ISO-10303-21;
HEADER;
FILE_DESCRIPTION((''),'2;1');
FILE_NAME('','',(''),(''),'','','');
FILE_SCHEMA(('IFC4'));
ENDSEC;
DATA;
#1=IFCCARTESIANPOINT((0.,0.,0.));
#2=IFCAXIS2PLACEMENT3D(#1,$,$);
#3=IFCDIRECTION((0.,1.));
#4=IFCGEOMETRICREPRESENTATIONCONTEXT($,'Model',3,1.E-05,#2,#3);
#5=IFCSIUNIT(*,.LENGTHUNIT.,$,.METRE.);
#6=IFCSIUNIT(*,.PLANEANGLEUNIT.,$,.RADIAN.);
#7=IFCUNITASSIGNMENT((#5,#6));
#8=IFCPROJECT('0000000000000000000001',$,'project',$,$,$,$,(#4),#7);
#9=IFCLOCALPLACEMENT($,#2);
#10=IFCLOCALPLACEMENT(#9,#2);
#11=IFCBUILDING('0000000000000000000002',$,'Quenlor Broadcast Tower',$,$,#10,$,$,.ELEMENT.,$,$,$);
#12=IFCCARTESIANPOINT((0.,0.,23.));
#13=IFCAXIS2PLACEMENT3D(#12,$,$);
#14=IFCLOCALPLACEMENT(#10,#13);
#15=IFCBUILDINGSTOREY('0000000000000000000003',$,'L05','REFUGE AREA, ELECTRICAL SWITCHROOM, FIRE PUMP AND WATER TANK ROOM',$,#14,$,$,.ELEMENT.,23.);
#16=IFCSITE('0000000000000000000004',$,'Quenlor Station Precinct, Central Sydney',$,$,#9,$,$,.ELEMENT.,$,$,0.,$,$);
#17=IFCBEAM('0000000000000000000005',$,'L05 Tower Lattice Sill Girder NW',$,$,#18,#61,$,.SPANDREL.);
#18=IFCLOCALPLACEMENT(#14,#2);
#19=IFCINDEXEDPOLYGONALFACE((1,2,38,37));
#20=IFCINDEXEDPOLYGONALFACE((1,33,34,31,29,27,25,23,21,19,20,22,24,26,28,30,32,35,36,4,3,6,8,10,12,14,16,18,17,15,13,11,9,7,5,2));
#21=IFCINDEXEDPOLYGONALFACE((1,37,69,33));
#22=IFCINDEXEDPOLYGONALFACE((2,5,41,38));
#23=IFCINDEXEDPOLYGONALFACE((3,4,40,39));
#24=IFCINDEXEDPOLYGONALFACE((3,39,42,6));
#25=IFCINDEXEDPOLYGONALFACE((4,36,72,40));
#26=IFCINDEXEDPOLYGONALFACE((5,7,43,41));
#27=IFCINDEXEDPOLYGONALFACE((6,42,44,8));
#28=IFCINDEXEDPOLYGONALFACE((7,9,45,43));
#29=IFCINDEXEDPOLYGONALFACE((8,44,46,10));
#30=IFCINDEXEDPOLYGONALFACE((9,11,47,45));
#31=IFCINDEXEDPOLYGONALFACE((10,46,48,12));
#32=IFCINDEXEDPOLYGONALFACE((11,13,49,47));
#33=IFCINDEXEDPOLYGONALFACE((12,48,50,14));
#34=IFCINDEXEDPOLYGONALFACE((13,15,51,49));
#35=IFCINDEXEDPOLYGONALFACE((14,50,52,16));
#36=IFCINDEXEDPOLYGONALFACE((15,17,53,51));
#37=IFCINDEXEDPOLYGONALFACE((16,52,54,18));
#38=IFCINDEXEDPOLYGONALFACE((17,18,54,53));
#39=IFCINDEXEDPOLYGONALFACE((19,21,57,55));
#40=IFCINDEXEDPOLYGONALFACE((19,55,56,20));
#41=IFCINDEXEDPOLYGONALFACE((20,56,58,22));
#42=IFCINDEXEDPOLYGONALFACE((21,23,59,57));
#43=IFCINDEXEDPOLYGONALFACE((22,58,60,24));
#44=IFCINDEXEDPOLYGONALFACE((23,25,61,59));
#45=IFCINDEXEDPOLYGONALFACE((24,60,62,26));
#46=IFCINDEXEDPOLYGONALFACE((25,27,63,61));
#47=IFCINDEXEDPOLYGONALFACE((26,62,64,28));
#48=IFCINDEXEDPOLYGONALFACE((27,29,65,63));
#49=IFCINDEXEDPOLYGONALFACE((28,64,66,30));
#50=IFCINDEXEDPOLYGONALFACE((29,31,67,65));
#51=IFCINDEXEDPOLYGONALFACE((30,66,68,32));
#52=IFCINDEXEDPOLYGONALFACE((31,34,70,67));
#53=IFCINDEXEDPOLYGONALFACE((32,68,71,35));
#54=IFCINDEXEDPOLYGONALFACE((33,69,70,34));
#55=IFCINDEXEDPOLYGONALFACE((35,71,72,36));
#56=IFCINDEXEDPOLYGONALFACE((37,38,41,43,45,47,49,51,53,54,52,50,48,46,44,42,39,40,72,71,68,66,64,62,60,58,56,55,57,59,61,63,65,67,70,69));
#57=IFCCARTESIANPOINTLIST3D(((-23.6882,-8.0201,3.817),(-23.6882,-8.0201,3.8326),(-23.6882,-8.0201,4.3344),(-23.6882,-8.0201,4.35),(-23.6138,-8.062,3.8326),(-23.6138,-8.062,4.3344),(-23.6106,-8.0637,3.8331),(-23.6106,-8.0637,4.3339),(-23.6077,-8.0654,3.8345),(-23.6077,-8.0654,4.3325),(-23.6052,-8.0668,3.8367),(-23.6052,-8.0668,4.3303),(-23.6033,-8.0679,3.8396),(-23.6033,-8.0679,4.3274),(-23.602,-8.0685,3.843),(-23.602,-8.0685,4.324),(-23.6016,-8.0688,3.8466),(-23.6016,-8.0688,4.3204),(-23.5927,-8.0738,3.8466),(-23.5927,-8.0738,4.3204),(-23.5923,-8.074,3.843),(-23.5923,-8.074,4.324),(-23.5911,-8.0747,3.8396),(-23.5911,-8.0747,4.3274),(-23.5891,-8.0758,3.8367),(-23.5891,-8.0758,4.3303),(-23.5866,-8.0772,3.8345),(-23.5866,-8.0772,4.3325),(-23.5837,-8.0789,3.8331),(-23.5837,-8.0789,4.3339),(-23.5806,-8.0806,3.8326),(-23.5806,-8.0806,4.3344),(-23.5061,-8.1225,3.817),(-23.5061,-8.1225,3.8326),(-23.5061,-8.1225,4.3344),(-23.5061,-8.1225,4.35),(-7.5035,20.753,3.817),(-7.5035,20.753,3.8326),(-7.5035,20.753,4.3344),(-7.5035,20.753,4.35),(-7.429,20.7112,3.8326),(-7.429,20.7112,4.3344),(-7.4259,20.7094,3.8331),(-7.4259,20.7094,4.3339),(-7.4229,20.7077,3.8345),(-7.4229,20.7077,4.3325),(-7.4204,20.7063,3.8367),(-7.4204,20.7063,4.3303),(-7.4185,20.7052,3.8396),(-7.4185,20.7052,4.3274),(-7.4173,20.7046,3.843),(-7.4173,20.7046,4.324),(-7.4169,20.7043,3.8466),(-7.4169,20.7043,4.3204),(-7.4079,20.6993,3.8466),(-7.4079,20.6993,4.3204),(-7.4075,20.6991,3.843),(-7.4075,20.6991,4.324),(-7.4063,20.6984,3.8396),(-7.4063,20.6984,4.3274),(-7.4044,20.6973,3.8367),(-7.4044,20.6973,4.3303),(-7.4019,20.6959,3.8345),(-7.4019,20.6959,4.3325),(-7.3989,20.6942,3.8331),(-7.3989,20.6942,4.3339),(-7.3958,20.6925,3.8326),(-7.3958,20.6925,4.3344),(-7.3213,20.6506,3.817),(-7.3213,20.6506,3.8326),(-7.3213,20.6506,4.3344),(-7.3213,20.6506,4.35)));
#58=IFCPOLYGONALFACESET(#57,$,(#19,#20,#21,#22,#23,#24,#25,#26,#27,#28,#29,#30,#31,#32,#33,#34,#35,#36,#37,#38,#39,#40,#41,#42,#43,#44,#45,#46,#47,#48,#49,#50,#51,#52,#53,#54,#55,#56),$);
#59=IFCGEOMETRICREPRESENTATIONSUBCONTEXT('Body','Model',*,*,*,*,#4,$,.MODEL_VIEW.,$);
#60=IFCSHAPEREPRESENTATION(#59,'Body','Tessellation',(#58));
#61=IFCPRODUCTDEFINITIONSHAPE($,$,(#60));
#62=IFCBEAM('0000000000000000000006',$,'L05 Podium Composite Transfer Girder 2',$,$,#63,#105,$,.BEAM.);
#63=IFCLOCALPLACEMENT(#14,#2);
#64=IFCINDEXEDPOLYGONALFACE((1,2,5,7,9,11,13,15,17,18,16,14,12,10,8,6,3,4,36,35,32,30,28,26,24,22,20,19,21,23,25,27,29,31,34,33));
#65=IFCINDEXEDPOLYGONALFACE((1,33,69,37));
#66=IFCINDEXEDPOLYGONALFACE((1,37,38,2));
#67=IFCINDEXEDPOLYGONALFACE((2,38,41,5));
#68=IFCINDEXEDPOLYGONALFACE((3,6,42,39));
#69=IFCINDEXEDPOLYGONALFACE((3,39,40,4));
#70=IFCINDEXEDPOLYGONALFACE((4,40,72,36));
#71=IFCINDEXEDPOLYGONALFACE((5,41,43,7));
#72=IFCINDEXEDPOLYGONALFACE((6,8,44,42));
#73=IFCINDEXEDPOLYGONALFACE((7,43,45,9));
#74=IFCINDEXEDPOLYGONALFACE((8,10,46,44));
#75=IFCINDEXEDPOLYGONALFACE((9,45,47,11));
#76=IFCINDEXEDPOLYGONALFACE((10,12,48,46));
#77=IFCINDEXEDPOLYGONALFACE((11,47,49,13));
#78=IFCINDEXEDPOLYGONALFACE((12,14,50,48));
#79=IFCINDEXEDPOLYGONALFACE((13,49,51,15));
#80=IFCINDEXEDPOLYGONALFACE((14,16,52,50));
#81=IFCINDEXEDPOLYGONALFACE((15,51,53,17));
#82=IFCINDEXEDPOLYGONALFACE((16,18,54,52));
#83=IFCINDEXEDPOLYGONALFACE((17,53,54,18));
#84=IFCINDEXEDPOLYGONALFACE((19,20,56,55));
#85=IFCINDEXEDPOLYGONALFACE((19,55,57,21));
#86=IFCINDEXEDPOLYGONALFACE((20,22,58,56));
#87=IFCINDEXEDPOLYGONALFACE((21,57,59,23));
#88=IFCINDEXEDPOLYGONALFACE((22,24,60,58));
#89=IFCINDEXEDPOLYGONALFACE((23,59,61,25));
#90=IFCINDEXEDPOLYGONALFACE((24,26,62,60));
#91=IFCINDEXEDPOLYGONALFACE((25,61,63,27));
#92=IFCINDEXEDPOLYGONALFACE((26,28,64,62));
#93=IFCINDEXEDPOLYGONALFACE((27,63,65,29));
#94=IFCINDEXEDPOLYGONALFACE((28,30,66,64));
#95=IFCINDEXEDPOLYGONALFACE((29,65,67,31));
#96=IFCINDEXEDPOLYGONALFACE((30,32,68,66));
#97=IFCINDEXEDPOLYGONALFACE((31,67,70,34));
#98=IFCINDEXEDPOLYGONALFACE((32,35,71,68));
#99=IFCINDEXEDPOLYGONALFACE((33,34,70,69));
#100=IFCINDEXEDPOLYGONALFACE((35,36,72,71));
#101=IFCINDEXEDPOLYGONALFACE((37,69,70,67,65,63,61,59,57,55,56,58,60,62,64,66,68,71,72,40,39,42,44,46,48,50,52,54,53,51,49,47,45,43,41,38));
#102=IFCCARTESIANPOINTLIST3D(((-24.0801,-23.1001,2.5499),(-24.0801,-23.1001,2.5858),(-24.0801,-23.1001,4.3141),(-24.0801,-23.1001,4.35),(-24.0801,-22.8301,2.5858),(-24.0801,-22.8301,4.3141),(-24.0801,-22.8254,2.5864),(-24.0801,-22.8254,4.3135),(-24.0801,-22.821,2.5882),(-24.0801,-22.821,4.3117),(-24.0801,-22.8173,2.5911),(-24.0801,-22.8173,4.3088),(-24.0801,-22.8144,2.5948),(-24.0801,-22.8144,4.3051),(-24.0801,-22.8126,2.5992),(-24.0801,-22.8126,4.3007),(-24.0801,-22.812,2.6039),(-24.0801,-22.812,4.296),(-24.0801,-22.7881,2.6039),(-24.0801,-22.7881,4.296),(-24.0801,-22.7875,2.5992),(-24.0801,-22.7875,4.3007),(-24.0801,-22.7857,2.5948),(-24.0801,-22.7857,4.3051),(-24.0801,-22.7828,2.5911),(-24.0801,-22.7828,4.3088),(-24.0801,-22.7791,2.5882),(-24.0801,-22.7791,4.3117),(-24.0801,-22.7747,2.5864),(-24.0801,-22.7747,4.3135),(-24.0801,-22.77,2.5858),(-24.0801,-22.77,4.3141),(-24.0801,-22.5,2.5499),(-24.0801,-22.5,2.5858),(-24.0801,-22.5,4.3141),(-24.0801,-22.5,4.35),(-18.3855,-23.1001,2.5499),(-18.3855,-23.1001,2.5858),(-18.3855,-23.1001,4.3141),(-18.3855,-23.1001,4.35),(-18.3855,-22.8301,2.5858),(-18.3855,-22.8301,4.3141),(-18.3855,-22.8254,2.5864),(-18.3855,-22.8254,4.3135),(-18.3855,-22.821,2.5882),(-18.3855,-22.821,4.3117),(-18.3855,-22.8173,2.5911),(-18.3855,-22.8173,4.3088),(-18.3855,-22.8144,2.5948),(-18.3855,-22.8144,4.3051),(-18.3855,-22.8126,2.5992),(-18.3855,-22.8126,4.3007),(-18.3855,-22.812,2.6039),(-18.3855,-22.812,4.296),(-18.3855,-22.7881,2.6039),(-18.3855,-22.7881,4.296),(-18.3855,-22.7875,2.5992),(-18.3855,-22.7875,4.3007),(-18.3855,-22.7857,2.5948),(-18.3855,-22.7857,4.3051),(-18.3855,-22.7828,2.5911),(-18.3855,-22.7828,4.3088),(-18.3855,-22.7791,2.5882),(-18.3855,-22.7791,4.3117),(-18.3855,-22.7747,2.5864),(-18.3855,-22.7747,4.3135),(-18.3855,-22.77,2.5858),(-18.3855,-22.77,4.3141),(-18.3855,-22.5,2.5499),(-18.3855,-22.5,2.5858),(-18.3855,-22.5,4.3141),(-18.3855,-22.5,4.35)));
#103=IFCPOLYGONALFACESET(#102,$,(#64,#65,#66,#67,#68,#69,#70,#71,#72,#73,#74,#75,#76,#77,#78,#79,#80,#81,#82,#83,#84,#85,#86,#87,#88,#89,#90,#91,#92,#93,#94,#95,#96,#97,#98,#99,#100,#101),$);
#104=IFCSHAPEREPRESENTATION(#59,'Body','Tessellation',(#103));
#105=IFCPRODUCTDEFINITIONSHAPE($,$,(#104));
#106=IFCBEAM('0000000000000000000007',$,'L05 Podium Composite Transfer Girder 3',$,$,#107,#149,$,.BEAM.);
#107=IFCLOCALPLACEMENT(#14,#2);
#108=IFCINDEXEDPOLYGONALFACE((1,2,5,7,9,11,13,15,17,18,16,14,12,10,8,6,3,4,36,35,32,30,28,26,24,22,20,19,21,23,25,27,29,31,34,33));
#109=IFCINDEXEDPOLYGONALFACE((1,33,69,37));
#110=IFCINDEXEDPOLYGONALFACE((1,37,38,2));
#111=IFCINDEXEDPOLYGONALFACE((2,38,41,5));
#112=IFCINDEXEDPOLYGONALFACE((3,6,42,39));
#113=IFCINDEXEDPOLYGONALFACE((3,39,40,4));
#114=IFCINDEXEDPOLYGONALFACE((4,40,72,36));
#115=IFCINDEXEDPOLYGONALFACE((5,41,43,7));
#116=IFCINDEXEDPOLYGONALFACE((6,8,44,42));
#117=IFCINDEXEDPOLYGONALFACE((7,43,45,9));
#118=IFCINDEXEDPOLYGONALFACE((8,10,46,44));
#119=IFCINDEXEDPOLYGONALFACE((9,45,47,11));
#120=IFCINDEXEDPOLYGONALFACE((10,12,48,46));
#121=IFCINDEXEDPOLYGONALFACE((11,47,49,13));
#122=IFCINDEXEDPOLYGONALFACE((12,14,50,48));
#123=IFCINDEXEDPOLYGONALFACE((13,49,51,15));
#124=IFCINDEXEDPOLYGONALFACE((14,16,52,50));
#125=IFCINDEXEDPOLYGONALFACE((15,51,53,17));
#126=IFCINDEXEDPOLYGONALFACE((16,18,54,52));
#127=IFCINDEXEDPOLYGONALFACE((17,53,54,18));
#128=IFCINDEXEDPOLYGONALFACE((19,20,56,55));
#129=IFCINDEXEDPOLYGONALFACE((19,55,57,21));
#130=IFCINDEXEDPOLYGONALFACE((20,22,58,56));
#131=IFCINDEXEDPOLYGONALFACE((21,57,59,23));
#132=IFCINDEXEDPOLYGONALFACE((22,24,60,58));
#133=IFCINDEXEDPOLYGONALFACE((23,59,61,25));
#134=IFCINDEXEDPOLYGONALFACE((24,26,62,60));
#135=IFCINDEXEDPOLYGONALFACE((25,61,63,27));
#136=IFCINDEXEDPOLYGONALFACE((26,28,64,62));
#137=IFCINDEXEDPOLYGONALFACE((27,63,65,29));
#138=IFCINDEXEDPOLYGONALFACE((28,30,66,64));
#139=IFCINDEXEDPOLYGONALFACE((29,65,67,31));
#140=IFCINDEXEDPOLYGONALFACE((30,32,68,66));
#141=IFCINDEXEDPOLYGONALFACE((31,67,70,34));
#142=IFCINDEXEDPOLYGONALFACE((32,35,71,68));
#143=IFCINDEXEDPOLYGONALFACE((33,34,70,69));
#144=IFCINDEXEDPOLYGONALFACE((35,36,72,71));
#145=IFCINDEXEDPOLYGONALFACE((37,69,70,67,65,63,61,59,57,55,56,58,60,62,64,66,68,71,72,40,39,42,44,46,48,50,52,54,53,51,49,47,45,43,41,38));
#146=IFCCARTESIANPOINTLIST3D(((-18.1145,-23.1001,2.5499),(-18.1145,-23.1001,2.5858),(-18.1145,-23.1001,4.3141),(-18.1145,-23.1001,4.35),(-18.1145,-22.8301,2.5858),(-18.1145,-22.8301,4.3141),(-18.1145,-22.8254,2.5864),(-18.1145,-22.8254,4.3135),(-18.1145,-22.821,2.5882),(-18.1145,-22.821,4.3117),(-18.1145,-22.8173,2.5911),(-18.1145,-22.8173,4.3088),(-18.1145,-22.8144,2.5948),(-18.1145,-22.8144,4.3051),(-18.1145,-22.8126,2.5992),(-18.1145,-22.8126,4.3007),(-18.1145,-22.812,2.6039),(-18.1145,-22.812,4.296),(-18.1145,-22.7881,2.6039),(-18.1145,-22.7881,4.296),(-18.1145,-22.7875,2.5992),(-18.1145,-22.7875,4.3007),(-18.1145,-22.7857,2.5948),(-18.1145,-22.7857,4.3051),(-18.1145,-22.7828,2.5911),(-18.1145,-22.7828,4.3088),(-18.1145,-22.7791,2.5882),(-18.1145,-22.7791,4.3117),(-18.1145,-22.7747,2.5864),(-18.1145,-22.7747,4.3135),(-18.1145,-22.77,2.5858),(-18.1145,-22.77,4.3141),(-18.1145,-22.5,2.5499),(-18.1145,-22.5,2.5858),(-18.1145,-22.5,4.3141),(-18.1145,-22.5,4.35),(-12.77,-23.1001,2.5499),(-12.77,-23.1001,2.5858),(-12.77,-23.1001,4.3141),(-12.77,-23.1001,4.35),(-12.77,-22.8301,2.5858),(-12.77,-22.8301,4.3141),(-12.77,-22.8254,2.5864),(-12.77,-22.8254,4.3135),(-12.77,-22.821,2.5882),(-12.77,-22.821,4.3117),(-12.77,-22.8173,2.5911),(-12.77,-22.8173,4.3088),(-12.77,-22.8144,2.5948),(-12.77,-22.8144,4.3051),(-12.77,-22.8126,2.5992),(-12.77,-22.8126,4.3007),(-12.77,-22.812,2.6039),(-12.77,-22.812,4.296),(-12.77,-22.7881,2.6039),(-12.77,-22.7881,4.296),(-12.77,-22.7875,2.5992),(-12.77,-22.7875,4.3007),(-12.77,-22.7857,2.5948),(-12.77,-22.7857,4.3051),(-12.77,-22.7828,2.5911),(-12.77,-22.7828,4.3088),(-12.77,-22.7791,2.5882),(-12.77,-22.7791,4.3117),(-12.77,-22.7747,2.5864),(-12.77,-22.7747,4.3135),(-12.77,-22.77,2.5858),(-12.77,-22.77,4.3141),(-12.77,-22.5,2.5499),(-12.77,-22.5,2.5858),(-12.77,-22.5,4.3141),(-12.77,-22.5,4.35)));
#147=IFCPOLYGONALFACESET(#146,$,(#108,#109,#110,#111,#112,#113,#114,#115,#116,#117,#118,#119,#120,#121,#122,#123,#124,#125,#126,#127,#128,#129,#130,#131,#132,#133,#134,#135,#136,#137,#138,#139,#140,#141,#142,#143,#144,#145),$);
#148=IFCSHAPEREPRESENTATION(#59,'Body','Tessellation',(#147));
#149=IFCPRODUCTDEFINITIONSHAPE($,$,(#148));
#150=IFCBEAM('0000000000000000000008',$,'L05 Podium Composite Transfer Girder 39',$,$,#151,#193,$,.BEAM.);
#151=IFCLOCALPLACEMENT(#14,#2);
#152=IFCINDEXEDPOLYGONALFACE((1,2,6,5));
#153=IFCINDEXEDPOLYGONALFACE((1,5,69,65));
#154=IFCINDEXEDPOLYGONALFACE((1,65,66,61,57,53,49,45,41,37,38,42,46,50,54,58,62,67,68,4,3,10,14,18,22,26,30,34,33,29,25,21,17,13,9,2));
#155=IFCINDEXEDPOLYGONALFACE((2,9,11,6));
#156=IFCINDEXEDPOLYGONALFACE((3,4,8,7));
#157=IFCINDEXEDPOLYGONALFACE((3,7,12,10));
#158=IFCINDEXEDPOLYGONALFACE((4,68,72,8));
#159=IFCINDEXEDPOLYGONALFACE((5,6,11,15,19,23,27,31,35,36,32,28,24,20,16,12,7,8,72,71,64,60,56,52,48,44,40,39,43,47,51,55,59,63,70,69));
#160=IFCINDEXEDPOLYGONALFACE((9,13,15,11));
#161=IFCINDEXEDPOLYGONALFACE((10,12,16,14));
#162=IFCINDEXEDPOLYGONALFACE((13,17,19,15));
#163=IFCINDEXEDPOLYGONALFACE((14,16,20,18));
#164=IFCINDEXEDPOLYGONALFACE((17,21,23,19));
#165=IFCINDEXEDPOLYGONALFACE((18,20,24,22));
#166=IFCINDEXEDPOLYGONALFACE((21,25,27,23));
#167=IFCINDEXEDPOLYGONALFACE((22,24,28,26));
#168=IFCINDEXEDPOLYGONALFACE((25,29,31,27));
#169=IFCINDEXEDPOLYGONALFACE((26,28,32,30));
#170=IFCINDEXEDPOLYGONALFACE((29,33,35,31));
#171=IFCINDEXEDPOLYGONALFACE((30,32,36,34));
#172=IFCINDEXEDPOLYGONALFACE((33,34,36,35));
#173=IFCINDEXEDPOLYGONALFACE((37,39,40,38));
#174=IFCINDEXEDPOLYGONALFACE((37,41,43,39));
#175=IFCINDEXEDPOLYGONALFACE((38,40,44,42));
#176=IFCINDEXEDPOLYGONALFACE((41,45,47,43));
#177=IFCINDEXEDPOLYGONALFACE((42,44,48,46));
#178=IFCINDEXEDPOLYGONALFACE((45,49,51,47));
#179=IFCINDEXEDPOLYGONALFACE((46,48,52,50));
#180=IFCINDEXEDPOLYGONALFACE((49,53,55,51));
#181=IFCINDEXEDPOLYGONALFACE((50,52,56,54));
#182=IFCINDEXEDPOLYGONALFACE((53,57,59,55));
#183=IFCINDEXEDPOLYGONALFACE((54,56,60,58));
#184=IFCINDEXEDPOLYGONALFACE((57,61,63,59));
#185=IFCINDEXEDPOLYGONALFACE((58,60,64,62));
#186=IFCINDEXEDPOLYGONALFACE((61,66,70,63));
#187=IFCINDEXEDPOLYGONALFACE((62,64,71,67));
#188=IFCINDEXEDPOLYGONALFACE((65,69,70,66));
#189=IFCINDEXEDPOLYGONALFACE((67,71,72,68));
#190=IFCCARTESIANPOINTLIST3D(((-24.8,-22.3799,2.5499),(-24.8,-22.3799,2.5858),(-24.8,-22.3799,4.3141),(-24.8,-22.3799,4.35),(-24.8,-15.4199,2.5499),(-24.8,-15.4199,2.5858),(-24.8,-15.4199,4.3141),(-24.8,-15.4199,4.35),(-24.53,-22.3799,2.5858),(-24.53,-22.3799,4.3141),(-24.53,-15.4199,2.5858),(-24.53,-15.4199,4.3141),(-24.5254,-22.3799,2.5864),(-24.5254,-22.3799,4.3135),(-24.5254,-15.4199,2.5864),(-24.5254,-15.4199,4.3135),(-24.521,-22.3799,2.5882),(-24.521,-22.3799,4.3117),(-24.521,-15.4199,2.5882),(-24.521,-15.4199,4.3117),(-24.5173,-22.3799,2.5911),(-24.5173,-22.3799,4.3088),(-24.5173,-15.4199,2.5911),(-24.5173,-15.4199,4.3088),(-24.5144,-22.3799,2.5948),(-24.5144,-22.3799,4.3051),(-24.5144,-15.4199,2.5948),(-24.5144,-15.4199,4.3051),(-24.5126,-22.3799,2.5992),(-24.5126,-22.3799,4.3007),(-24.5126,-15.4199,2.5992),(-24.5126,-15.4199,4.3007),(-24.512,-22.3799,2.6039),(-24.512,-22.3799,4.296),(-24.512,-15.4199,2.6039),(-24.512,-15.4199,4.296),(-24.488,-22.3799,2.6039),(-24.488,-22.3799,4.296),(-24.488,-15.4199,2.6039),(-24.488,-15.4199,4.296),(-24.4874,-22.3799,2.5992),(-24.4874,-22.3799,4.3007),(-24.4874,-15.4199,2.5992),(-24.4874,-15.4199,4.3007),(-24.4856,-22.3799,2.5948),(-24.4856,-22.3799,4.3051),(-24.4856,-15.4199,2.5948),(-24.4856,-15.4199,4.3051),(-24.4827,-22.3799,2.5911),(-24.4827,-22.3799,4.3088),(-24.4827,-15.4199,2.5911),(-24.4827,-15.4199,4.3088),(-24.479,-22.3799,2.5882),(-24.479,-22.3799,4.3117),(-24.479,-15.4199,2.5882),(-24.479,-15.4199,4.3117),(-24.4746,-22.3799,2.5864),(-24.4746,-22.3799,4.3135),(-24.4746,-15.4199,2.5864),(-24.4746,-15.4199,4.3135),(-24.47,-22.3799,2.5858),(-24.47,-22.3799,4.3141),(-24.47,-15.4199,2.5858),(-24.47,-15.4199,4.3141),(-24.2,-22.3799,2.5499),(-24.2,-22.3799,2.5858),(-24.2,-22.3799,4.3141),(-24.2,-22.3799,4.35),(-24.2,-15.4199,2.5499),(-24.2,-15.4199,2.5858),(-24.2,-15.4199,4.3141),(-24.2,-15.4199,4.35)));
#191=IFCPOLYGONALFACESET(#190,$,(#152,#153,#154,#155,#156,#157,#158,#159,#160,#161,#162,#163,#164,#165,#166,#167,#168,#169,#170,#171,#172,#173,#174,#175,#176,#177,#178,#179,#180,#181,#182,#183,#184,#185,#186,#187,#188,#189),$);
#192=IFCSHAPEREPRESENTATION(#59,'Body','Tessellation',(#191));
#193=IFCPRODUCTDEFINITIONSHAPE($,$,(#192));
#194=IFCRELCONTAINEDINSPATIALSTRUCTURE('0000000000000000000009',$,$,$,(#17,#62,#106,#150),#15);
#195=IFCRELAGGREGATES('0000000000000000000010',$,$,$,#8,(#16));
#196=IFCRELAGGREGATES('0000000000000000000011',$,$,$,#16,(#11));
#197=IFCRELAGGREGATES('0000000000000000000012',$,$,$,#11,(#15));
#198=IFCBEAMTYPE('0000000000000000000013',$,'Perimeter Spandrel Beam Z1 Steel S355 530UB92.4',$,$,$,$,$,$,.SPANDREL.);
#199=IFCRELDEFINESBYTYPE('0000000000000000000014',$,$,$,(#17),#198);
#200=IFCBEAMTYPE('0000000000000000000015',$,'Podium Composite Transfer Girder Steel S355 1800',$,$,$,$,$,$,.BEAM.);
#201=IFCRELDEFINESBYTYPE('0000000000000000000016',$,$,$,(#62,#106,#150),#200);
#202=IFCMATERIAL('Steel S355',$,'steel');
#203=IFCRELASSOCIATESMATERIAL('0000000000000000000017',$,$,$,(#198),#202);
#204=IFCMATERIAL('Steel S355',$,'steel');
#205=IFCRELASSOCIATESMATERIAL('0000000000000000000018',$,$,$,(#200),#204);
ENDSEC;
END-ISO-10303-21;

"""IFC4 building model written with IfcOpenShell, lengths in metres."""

from ifc_helpers import new_model, si_unit, direction, frame, origin, origin_2d, place, context, subcontext, project, spatial, i_section, extrude, material, material_profile, profile_set, type_object, element, save


model = new_model("IFC4")

# Units and contexts
model_context = context("Model", 3, precision=1e-05, world=origin(), true_north=direction((0.0, 1.0)))
body_context = subcontext(model_context, "Body", "Model", "MODEL_VIEW")
ifc_project = project(units=[si_unit("LENGTHUNIT", "METRE"), si_unit("PLANEANGLEUNIT", "RADIAN")], contexts=[model_context])

# Site, building, storey
site_placement = place(None, origin())
site = spatial("IfcSite", under=ifc_project, at=site_placement, Name="Quenlor Station Precinct, Central Sydney", CompositionType="ELEMENT", RefElevation=0.0)
building_placement = place(site_placement, origin())
building = spatial("IfcBuilding", under=site, at=building_placement, Name="Quenlor Broadcast Tower", CompositionType="ELEMENT")
storey_placement = place(building_placement, frame((0.0, 0.0, 23.0)))
storey = spatial("IfcBuildingStorey", under=building, at=storey_placement, Name="L05", Description="REFUGE AREA, ELECTRICAL SWITCHROOM, FIRE PUMP AND WATER TANK ROOM", CompositionType="ELEMENT", Elevation=23.0)

# Beams
ifc_material_1 = material(Name="Steel S355", Category="steel")
ifc_material_profile_1 = material_profile(ifc_material_1, i_section(OverallWidth=0.209, OverallDepth=0.533, WebThickness=0.0103, FlangeThickness=0.0156, FilletRadius=0.0139, at=origin_2d()))
ifc_profile_set_1 = profile_set([ifc_material_profile_1], Name="Steel S355 530UB92.4")
beam_type_1 = type_object("IfcBeamType", Name="Perimeter Spandrel Beam Z1 Steel S355 530UB92.4", PredefinedType="SPANDREL", material=ifc_profile_set_1)
beam_1_placement = place(storey_placement, frame((-23.5972, -8.0713, 4.0835), z_axis=(0.490259, 0.871577, 0.0), x_axis=(-0.871577, 0.490259, 0.0)))
element("IfcBeam", 1, at=beam_1_placement, inside=storey, type_object=beam_type_1, Name="L05 Tower Lattice Sill Girder NW", PredefinedType="SPANDREL", context=body_context, shape_type="SweptSolid", body=[
    extrude(i_section(OverallWidth=0.209, OverallDepth=0.533, WebThickness=0.0103, FlangeThickness=0.0156, FilletRadius=0.0139, at=origin_2d()), origin(), (0.0, 0.0, 1.0), 33.0127),
])
ifc_material_2 = material(Name="Steel S355", Category="steel")
ifc_material_profile_2 = material_profile(ifc_material_2, i_section(OverallWidth=0.6001, OverallDepth=1.8, WebThickness=0.0239, FlangeThickness=0.0359, FilletRadius=0.0181, at=origin_2d()))
ifc_profile_set_2 = profile_set([ifc_material_profile_2], Name="Steel S355 1800TG620")
beam_type_2 = type_object("IfcBeamType", Name="Podium Composite Transfer Girder Steel S355 1800", PredefinedType="BEAM", material=ifc_profile_set_2)
beam_2_placement = place(storey_placement, frame((-24.0801, -22.8, 3.45), z_axis=(1.0, 0.0, 0.0), x_axis=(0.0, 1.0, 0.0)))
element("IfcBeam", 2, at=beam_2_placement, inside=storey, type_object=beam_type_2, Name="L05 Podium Composite Transfer Girder 2", PredefinedType="BEAM", context=body_context, shape_type="SweptSolid", body=[
    extrude(i_section(OverallWidth=0.6001, OverallDepth=1.8, WebThickness=0.0239, FlangeThickness=0.0359, FilletRadius=0.0181, at=origin_2d()), origin(), (0.0, 0.0, 1.0), 5.6946),
])
beam_3_placement = place(storey_placement, frame((-18.1145, -22.8, 3.45), z_axis=(1.0, 0.0, 0.0), x_axis=(0.0, 1.0, 0.0)))
element("IfcBeam", 3, at=beam_3_placement, inside=storey, type_object=beam_type_2, Name="L05 Podium Composite Transfer Girder 3", PredefinedType="BEAM", context=body_context, shape_type="SweptSolid", body=[
    extrude(i_section(OverallWidth=0.6001, OverallDepth=1.8, WebThickness=0.0239, FlangeThickness=0.0359, FilletRadius=0.0181, at=origin_2d()), origin(), (0.0, 0.0, 1.0), 5.3445),
])
beam_4_placement = place(storey_placement, frame((-24.5, -22.3799, 3.45), z_axis=(0.0, 1.0, 0.0), x_axis=(-1.0, 0.0, 0.0)))
element("IfcBeam", 4, at=beam_4_placement, inside=storey, type_object=beam_type_2, Name="L05 Podium Composite Transfer Girder 39", PredefinedType="BEAM", context=body_context, shape_type="SweptSolid", body=[
    extrude(i_section(OverallWidth=0.6001, OverallDepth=1.8, WebThickness=0.0239, FlangeThickness=0.0359, FilletRadius=0.0181, at=origin_2d()), origin(), (0.0, 0.0, 1.0), 6.96),
])

save(model, "model.ifc")
